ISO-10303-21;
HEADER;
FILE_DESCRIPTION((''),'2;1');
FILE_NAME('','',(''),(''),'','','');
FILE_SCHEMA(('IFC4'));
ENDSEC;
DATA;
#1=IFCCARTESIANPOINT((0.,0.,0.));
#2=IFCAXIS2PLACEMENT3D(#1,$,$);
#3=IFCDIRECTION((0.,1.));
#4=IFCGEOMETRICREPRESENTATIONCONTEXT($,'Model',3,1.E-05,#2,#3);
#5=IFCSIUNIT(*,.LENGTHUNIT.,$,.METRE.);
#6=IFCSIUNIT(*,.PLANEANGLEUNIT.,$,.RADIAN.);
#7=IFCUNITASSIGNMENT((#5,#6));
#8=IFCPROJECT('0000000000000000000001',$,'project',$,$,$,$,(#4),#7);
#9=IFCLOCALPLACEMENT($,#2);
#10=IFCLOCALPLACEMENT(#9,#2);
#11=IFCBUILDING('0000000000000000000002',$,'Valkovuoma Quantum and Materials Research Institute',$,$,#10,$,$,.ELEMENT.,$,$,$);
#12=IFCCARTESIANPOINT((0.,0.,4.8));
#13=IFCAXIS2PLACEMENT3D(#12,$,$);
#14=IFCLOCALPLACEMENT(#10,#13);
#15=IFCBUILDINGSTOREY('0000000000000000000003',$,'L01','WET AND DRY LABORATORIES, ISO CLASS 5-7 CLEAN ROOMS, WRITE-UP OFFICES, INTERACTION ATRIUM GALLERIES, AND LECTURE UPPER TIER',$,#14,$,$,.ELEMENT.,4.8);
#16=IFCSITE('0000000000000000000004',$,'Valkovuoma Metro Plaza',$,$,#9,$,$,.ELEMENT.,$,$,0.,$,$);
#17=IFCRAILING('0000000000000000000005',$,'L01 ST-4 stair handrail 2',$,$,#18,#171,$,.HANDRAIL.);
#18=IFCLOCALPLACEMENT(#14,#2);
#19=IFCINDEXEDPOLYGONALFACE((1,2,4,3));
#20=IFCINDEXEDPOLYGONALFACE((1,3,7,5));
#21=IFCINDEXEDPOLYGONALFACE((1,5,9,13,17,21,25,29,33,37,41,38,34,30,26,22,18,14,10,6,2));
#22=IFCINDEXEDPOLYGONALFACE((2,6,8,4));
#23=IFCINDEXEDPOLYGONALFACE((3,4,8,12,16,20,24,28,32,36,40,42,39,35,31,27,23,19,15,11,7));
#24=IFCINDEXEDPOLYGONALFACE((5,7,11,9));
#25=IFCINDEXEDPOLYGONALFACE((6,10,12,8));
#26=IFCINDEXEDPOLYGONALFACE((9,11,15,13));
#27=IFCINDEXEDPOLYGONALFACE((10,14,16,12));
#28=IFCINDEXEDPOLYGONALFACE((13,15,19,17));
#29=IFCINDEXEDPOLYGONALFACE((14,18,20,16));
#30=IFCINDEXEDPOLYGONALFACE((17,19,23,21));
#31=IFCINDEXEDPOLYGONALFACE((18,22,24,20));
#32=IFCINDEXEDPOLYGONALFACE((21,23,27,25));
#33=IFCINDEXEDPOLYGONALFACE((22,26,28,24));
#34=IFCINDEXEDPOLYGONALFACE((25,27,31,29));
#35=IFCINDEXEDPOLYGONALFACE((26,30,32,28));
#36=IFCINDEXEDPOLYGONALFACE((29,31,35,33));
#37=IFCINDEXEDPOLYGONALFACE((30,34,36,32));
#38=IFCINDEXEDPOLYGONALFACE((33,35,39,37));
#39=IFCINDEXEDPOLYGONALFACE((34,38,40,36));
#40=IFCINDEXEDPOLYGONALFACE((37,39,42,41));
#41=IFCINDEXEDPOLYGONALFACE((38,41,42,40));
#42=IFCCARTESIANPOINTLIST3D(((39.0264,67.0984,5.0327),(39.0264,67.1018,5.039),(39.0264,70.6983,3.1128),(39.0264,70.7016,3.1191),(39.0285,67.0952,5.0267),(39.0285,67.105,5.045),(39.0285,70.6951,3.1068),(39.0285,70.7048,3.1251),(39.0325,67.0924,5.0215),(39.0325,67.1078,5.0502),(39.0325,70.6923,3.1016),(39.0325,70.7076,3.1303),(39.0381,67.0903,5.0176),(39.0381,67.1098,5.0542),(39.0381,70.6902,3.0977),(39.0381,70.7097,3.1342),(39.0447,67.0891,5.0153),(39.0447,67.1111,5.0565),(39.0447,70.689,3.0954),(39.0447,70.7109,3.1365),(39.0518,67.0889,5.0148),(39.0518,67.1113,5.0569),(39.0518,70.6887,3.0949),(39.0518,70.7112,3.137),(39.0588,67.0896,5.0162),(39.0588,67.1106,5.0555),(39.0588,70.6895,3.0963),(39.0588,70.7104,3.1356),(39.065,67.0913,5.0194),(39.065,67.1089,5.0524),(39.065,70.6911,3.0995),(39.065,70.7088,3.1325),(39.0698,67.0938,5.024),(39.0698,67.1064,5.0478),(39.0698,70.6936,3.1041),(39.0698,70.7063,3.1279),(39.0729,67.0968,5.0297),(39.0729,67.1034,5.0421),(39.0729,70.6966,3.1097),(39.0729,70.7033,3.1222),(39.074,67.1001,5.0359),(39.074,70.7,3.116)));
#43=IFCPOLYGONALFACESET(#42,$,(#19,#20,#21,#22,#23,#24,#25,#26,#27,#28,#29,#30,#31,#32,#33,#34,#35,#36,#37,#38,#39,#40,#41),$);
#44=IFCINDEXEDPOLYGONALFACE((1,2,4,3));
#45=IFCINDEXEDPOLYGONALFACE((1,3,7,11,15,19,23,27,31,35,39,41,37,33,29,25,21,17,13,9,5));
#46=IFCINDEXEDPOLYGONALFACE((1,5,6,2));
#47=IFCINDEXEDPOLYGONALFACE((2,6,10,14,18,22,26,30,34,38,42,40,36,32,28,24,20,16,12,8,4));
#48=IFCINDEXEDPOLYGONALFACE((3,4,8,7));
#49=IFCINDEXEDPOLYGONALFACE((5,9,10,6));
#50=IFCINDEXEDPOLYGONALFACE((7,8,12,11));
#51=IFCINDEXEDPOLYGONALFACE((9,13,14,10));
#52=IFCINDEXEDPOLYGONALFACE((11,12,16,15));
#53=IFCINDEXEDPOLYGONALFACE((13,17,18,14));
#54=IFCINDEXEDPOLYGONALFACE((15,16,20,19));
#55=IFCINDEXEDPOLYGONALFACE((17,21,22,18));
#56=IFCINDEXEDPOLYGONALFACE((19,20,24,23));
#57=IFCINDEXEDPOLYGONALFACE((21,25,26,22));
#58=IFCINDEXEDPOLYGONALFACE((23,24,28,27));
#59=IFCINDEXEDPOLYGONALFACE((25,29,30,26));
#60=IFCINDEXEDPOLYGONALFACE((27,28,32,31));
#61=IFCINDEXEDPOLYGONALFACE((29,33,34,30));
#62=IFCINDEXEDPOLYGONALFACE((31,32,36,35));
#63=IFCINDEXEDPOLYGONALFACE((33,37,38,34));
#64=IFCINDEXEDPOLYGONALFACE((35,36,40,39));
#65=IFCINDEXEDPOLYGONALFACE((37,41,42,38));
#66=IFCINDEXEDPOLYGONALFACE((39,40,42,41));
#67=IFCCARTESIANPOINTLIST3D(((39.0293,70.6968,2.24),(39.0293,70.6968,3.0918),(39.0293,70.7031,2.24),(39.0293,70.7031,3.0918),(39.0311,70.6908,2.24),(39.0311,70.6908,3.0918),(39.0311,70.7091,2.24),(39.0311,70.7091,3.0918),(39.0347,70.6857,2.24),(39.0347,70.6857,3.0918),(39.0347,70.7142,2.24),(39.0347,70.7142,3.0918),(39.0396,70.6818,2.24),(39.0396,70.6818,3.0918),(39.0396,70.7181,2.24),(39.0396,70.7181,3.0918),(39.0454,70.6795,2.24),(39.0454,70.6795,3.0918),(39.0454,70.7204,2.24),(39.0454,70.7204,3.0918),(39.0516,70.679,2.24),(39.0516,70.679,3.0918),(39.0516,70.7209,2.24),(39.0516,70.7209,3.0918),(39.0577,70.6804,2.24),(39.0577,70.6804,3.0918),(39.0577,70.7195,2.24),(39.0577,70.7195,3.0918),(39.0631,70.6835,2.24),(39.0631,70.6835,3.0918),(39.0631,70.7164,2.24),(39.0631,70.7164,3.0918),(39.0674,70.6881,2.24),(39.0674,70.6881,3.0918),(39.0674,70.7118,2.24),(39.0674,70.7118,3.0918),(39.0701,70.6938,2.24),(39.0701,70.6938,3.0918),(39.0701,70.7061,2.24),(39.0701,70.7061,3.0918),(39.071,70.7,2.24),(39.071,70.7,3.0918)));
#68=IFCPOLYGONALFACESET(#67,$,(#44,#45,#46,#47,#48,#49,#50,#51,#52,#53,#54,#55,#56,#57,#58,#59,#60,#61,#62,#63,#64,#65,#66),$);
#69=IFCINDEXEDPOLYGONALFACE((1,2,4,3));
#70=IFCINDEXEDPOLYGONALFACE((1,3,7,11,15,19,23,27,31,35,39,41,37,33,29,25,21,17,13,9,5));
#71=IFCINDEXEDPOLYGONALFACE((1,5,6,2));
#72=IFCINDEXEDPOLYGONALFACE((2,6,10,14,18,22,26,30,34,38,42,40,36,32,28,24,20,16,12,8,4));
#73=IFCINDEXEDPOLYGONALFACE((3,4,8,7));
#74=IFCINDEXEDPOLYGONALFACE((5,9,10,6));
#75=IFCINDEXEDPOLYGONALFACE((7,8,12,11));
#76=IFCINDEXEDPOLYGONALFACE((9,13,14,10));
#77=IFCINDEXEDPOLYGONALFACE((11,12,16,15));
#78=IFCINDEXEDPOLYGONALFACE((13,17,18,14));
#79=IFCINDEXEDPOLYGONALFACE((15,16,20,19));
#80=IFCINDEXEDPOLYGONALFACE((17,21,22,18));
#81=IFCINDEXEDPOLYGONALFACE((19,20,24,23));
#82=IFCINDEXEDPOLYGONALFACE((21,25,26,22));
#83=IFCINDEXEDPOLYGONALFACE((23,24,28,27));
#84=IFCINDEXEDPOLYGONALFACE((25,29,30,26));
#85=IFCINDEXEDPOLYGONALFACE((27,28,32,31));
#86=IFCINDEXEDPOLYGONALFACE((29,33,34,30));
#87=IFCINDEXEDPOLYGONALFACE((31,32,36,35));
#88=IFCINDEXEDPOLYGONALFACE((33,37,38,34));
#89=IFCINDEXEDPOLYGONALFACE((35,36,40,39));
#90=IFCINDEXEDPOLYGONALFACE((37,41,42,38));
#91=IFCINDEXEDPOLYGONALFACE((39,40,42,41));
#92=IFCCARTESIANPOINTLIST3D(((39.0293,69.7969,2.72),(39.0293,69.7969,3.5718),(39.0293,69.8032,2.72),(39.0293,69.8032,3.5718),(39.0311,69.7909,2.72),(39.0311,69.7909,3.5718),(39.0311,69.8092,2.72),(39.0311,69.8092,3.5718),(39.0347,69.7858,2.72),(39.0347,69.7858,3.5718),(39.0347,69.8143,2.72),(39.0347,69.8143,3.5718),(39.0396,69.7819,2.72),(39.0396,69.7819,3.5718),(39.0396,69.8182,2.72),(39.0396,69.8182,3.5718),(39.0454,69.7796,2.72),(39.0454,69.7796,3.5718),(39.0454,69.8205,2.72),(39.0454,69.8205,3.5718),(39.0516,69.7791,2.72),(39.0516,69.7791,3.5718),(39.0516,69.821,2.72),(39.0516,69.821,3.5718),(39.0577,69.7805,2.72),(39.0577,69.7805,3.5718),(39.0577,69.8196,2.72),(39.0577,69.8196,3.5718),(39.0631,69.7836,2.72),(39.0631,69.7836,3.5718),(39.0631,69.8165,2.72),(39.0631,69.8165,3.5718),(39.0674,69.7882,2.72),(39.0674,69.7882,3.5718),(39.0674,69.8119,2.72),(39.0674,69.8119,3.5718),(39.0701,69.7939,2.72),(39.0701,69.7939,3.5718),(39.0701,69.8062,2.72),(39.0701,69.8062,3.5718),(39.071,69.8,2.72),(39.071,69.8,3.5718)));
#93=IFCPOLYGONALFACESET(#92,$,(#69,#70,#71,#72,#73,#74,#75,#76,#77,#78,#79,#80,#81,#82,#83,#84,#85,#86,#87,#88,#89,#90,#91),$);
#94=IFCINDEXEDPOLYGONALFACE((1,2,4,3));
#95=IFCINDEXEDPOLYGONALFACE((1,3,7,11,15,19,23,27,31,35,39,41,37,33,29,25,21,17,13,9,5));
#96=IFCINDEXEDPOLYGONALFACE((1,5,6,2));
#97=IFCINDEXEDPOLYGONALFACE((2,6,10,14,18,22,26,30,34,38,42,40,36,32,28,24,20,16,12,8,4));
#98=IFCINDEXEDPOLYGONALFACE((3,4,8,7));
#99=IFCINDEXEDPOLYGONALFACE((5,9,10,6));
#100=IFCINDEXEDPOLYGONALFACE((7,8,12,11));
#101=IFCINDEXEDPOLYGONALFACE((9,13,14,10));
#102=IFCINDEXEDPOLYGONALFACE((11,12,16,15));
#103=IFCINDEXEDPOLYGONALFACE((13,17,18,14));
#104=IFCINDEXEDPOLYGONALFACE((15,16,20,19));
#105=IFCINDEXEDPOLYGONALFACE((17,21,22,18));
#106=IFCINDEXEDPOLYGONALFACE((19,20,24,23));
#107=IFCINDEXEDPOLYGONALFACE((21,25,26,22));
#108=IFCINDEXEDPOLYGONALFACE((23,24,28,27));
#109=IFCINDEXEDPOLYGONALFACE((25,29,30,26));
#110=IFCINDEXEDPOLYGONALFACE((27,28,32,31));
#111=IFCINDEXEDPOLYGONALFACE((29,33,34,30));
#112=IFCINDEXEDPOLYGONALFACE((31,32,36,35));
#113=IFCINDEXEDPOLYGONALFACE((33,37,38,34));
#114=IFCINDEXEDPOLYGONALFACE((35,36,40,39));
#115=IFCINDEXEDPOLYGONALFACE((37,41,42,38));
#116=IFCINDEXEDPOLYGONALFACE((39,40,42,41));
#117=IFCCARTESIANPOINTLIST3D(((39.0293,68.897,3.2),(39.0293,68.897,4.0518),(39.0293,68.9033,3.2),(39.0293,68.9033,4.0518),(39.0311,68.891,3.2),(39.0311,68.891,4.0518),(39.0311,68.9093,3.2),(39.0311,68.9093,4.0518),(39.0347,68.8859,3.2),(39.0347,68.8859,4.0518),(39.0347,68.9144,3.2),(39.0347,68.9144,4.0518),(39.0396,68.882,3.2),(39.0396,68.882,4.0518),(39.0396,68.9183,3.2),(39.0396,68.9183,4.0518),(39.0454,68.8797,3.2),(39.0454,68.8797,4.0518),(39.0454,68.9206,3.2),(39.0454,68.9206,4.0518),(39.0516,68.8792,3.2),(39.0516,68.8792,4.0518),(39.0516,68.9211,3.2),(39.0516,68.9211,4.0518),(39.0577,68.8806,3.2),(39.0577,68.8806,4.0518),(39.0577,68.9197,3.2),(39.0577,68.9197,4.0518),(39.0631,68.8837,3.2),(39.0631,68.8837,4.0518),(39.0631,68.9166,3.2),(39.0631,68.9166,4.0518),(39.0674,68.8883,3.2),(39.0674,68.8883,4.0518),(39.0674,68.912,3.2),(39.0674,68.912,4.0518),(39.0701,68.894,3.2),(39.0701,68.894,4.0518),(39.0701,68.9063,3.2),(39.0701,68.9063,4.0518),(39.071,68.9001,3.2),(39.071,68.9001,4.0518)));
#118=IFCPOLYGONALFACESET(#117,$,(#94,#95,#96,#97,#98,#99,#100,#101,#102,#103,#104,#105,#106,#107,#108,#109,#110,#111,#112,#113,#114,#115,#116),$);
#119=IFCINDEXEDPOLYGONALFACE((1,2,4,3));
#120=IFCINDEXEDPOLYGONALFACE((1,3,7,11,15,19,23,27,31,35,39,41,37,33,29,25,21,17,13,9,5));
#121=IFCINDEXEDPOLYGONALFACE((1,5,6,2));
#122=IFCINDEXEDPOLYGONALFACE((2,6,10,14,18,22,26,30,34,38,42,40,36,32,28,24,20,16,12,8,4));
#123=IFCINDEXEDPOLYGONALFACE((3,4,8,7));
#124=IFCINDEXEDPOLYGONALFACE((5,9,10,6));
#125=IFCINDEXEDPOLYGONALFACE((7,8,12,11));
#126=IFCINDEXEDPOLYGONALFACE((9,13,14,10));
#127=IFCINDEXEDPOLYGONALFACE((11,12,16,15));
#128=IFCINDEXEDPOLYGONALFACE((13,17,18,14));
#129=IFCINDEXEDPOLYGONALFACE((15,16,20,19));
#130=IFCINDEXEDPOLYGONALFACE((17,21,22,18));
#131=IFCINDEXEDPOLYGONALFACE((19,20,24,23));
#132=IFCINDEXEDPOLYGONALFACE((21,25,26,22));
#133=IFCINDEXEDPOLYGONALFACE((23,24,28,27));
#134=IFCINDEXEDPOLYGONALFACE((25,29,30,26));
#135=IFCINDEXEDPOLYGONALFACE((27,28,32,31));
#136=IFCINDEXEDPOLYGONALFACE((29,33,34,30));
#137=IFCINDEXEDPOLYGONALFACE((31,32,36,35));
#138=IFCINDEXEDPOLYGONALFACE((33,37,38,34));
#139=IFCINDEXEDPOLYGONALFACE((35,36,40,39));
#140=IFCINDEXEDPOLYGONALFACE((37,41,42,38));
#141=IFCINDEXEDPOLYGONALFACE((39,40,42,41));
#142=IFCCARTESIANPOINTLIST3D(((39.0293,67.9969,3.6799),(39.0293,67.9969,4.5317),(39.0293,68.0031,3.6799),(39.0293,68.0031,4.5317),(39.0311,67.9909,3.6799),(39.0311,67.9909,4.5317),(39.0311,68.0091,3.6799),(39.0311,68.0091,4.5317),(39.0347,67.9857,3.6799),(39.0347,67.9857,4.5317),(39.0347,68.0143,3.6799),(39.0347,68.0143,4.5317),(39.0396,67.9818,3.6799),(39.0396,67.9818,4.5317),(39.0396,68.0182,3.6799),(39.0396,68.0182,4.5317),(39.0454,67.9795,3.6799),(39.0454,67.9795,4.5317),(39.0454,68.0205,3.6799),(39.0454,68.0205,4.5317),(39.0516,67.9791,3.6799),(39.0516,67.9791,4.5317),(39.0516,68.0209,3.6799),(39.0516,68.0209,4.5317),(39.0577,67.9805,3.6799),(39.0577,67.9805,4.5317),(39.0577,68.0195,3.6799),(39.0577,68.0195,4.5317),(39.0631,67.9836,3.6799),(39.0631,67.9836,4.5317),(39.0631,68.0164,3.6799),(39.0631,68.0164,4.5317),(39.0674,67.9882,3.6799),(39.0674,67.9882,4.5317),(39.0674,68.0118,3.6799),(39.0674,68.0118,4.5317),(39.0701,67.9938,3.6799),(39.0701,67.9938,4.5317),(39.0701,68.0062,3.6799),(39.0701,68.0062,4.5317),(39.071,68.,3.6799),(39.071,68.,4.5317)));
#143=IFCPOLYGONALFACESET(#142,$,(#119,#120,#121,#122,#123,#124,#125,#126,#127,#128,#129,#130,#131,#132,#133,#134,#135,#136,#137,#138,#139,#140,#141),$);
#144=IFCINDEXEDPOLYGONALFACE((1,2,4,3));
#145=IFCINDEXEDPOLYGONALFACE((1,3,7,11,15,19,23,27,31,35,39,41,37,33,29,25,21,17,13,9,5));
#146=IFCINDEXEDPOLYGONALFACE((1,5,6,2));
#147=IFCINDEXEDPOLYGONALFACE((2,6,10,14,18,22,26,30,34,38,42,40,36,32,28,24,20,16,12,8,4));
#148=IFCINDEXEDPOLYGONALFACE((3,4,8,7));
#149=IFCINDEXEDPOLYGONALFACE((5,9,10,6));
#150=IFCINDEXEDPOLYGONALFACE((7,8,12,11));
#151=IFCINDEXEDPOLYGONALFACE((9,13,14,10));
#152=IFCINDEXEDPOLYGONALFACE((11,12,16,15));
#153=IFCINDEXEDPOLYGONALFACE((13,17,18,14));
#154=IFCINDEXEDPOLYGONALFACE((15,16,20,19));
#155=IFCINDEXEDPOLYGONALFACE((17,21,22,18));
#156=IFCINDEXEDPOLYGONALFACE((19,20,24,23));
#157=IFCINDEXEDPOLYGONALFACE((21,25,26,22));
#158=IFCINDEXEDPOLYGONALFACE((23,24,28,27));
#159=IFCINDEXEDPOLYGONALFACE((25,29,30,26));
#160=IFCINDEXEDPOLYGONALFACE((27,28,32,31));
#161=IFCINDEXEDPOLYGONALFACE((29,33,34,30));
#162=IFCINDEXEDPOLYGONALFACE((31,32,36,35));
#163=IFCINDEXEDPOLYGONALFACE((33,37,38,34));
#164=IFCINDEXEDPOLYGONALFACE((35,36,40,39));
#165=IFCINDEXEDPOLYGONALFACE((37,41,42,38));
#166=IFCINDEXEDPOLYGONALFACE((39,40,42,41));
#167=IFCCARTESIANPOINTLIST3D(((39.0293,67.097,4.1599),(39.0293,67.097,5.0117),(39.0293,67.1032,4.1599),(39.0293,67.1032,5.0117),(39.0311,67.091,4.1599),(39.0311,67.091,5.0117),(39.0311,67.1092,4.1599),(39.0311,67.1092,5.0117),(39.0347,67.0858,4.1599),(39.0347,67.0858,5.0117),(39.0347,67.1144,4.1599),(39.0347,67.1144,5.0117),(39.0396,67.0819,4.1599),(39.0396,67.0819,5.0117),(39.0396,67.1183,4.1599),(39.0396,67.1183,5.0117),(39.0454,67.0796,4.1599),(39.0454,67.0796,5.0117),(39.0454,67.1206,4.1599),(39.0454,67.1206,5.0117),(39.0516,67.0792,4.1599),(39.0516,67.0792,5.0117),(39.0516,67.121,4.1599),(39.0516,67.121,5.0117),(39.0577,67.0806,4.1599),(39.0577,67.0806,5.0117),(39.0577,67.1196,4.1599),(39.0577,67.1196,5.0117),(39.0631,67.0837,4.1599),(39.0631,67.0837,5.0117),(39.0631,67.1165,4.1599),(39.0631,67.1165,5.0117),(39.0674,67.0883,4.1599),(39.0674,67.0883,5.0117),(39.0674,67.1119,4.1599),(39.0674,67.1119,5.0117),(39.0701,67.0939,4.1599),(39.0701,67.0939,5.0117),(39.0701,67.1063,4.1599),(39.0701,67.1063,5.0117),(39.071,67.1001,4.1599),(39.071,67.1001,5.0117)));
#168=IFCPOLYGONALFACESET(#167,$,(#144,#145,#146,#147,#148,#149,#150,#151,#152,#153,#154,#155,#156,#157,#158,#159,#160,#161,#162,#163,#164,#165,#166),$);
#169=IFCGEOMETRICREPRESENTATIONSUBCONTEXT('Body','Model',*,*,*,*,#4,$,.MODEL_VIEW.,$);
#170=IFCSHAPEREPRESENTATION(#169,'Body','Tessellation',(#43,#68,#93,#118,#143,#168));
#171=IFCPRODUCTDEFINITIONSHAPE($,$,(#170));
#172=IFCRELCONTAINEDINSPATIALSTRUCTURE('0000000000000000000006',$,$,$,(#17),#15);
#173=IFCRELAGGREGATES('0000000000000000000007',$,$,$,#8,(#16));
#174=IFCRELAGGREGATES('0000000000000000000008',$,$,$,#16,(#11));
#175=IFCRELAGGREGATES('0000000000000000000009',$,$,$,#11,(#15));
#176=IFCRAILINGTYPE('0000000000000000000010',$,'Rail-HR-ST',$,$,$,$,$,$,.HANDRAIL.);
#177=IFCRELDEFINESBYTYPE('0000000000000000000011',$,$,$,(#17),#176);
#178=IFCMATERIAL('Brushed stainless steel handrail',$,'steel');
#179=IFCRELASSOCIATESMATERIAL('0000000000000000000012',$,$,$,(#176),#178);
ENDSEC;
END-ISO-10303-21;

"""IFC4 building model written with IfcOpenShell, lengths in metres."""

from ifc_helpers import new_model, si_unit, direction, frame, origin, origin_2d, place, context, subcontext, project, spatial, circle, extrude, material, type_object, element, save


model = new_model("IFC4")

# Units and contexts
model_context = context("Model", 3, precision=1e-05, world=origin(), true_north=direction((0.0, 1.0)))
body_context = subcontext(model_context, "Body", "Model", "MODEL_VIEW")
ifc_project = project(units=[si_unit("LENGTHUNIT", "METRE"), si_unit("PLANEANGLEUNIT", "RADIAN")], contexts=[model_context])

# Site, building, storey
site_placement = place(None, origin())
site = spatial("IfcSite", under=ifc_project, at=site_placement, Name="Valkovuoma Metro Plaza", CompositionType="ELEMENT", RefElevation=0.0)
building_placement = place(site_placement, origin())
building = spatial("IfcBuilding", under=site, at=building_placement, Name="Valkovuoma Quantum and Materials Research Institute", CompositionType="ELEMENT")
storey_placement = place(building_placement, frame((0.0, 0.0, 4.8)))
storey = spatial("IfcBuildingStorey", under=building, at=storey_placement, Name="L01", Description="WET AND DRY LABORATORIES, ISO CLASS 5-7 CLEAN ROOMS, WRITE-UP OFFICES, INTERACTION ATRIUM GALLERIES, AND LECTURE UPPER TIER", CompositionType="ELEMENT", Elevation=4.8)

# Railing
ifc_material_1 = material(Name="Brushed stainless steel handrail", Category="steel")
railing_type_1 = type_object("IfcRailingType", Name="Rail-HR-ST", PredefinedType="HANDRAIL", material=ifc_material_1)
railing_1_placement = place(storey_placement, frame((39.05, 70.7, 2.24)))
element("IfcRailing", 1, at=railing_1_placement, inside=storey, type_object=railing_type_1, Name="L01 ST-4 stair handrail 2", PredefinedType="HANDRAIL", context=body_context, shape_type="SweptSolid", body=[
    extrude(circle(Radius=0.0239, at=origin_2d()), frame((0.0, 0.0, 0.876), z_axis=(0.0, -0.882353, 0.470588), x_axis=(1.0, 0.0, 0.0)), (0.0, 0.0, 1.0), 4.0798),
    extrude(circle(Radius=0.021, at=origin_2d()), origin(), (0.0, 0.0, 1.0), 0.8518),
    extrude(circle(Radius=0.021, at=origin_2d()), frame((0.0, -0.8999, 0.48)), (0.0, 0.0, 1.0), 0.8518),
    extrude(circle(Radius=0.021, at=origin_2d()), frame((0.0, -1.7998, 0.96)), (0.0, 0.0, 1.0), 0.8518),
    extrude(circle(Radius=0.021, at=origin_2d()), frame((0.0, -2.7, 1.4399)), (0.0, 0.0, 1.0), 0.8518),
    extrude(circle(Radius=0.021, at=origin_2d()), frame((0.0, -3.5999, 1.9199)), (0.0, 0.0, 1.0), 0.8518),
])

save(model, "model.ifc")
